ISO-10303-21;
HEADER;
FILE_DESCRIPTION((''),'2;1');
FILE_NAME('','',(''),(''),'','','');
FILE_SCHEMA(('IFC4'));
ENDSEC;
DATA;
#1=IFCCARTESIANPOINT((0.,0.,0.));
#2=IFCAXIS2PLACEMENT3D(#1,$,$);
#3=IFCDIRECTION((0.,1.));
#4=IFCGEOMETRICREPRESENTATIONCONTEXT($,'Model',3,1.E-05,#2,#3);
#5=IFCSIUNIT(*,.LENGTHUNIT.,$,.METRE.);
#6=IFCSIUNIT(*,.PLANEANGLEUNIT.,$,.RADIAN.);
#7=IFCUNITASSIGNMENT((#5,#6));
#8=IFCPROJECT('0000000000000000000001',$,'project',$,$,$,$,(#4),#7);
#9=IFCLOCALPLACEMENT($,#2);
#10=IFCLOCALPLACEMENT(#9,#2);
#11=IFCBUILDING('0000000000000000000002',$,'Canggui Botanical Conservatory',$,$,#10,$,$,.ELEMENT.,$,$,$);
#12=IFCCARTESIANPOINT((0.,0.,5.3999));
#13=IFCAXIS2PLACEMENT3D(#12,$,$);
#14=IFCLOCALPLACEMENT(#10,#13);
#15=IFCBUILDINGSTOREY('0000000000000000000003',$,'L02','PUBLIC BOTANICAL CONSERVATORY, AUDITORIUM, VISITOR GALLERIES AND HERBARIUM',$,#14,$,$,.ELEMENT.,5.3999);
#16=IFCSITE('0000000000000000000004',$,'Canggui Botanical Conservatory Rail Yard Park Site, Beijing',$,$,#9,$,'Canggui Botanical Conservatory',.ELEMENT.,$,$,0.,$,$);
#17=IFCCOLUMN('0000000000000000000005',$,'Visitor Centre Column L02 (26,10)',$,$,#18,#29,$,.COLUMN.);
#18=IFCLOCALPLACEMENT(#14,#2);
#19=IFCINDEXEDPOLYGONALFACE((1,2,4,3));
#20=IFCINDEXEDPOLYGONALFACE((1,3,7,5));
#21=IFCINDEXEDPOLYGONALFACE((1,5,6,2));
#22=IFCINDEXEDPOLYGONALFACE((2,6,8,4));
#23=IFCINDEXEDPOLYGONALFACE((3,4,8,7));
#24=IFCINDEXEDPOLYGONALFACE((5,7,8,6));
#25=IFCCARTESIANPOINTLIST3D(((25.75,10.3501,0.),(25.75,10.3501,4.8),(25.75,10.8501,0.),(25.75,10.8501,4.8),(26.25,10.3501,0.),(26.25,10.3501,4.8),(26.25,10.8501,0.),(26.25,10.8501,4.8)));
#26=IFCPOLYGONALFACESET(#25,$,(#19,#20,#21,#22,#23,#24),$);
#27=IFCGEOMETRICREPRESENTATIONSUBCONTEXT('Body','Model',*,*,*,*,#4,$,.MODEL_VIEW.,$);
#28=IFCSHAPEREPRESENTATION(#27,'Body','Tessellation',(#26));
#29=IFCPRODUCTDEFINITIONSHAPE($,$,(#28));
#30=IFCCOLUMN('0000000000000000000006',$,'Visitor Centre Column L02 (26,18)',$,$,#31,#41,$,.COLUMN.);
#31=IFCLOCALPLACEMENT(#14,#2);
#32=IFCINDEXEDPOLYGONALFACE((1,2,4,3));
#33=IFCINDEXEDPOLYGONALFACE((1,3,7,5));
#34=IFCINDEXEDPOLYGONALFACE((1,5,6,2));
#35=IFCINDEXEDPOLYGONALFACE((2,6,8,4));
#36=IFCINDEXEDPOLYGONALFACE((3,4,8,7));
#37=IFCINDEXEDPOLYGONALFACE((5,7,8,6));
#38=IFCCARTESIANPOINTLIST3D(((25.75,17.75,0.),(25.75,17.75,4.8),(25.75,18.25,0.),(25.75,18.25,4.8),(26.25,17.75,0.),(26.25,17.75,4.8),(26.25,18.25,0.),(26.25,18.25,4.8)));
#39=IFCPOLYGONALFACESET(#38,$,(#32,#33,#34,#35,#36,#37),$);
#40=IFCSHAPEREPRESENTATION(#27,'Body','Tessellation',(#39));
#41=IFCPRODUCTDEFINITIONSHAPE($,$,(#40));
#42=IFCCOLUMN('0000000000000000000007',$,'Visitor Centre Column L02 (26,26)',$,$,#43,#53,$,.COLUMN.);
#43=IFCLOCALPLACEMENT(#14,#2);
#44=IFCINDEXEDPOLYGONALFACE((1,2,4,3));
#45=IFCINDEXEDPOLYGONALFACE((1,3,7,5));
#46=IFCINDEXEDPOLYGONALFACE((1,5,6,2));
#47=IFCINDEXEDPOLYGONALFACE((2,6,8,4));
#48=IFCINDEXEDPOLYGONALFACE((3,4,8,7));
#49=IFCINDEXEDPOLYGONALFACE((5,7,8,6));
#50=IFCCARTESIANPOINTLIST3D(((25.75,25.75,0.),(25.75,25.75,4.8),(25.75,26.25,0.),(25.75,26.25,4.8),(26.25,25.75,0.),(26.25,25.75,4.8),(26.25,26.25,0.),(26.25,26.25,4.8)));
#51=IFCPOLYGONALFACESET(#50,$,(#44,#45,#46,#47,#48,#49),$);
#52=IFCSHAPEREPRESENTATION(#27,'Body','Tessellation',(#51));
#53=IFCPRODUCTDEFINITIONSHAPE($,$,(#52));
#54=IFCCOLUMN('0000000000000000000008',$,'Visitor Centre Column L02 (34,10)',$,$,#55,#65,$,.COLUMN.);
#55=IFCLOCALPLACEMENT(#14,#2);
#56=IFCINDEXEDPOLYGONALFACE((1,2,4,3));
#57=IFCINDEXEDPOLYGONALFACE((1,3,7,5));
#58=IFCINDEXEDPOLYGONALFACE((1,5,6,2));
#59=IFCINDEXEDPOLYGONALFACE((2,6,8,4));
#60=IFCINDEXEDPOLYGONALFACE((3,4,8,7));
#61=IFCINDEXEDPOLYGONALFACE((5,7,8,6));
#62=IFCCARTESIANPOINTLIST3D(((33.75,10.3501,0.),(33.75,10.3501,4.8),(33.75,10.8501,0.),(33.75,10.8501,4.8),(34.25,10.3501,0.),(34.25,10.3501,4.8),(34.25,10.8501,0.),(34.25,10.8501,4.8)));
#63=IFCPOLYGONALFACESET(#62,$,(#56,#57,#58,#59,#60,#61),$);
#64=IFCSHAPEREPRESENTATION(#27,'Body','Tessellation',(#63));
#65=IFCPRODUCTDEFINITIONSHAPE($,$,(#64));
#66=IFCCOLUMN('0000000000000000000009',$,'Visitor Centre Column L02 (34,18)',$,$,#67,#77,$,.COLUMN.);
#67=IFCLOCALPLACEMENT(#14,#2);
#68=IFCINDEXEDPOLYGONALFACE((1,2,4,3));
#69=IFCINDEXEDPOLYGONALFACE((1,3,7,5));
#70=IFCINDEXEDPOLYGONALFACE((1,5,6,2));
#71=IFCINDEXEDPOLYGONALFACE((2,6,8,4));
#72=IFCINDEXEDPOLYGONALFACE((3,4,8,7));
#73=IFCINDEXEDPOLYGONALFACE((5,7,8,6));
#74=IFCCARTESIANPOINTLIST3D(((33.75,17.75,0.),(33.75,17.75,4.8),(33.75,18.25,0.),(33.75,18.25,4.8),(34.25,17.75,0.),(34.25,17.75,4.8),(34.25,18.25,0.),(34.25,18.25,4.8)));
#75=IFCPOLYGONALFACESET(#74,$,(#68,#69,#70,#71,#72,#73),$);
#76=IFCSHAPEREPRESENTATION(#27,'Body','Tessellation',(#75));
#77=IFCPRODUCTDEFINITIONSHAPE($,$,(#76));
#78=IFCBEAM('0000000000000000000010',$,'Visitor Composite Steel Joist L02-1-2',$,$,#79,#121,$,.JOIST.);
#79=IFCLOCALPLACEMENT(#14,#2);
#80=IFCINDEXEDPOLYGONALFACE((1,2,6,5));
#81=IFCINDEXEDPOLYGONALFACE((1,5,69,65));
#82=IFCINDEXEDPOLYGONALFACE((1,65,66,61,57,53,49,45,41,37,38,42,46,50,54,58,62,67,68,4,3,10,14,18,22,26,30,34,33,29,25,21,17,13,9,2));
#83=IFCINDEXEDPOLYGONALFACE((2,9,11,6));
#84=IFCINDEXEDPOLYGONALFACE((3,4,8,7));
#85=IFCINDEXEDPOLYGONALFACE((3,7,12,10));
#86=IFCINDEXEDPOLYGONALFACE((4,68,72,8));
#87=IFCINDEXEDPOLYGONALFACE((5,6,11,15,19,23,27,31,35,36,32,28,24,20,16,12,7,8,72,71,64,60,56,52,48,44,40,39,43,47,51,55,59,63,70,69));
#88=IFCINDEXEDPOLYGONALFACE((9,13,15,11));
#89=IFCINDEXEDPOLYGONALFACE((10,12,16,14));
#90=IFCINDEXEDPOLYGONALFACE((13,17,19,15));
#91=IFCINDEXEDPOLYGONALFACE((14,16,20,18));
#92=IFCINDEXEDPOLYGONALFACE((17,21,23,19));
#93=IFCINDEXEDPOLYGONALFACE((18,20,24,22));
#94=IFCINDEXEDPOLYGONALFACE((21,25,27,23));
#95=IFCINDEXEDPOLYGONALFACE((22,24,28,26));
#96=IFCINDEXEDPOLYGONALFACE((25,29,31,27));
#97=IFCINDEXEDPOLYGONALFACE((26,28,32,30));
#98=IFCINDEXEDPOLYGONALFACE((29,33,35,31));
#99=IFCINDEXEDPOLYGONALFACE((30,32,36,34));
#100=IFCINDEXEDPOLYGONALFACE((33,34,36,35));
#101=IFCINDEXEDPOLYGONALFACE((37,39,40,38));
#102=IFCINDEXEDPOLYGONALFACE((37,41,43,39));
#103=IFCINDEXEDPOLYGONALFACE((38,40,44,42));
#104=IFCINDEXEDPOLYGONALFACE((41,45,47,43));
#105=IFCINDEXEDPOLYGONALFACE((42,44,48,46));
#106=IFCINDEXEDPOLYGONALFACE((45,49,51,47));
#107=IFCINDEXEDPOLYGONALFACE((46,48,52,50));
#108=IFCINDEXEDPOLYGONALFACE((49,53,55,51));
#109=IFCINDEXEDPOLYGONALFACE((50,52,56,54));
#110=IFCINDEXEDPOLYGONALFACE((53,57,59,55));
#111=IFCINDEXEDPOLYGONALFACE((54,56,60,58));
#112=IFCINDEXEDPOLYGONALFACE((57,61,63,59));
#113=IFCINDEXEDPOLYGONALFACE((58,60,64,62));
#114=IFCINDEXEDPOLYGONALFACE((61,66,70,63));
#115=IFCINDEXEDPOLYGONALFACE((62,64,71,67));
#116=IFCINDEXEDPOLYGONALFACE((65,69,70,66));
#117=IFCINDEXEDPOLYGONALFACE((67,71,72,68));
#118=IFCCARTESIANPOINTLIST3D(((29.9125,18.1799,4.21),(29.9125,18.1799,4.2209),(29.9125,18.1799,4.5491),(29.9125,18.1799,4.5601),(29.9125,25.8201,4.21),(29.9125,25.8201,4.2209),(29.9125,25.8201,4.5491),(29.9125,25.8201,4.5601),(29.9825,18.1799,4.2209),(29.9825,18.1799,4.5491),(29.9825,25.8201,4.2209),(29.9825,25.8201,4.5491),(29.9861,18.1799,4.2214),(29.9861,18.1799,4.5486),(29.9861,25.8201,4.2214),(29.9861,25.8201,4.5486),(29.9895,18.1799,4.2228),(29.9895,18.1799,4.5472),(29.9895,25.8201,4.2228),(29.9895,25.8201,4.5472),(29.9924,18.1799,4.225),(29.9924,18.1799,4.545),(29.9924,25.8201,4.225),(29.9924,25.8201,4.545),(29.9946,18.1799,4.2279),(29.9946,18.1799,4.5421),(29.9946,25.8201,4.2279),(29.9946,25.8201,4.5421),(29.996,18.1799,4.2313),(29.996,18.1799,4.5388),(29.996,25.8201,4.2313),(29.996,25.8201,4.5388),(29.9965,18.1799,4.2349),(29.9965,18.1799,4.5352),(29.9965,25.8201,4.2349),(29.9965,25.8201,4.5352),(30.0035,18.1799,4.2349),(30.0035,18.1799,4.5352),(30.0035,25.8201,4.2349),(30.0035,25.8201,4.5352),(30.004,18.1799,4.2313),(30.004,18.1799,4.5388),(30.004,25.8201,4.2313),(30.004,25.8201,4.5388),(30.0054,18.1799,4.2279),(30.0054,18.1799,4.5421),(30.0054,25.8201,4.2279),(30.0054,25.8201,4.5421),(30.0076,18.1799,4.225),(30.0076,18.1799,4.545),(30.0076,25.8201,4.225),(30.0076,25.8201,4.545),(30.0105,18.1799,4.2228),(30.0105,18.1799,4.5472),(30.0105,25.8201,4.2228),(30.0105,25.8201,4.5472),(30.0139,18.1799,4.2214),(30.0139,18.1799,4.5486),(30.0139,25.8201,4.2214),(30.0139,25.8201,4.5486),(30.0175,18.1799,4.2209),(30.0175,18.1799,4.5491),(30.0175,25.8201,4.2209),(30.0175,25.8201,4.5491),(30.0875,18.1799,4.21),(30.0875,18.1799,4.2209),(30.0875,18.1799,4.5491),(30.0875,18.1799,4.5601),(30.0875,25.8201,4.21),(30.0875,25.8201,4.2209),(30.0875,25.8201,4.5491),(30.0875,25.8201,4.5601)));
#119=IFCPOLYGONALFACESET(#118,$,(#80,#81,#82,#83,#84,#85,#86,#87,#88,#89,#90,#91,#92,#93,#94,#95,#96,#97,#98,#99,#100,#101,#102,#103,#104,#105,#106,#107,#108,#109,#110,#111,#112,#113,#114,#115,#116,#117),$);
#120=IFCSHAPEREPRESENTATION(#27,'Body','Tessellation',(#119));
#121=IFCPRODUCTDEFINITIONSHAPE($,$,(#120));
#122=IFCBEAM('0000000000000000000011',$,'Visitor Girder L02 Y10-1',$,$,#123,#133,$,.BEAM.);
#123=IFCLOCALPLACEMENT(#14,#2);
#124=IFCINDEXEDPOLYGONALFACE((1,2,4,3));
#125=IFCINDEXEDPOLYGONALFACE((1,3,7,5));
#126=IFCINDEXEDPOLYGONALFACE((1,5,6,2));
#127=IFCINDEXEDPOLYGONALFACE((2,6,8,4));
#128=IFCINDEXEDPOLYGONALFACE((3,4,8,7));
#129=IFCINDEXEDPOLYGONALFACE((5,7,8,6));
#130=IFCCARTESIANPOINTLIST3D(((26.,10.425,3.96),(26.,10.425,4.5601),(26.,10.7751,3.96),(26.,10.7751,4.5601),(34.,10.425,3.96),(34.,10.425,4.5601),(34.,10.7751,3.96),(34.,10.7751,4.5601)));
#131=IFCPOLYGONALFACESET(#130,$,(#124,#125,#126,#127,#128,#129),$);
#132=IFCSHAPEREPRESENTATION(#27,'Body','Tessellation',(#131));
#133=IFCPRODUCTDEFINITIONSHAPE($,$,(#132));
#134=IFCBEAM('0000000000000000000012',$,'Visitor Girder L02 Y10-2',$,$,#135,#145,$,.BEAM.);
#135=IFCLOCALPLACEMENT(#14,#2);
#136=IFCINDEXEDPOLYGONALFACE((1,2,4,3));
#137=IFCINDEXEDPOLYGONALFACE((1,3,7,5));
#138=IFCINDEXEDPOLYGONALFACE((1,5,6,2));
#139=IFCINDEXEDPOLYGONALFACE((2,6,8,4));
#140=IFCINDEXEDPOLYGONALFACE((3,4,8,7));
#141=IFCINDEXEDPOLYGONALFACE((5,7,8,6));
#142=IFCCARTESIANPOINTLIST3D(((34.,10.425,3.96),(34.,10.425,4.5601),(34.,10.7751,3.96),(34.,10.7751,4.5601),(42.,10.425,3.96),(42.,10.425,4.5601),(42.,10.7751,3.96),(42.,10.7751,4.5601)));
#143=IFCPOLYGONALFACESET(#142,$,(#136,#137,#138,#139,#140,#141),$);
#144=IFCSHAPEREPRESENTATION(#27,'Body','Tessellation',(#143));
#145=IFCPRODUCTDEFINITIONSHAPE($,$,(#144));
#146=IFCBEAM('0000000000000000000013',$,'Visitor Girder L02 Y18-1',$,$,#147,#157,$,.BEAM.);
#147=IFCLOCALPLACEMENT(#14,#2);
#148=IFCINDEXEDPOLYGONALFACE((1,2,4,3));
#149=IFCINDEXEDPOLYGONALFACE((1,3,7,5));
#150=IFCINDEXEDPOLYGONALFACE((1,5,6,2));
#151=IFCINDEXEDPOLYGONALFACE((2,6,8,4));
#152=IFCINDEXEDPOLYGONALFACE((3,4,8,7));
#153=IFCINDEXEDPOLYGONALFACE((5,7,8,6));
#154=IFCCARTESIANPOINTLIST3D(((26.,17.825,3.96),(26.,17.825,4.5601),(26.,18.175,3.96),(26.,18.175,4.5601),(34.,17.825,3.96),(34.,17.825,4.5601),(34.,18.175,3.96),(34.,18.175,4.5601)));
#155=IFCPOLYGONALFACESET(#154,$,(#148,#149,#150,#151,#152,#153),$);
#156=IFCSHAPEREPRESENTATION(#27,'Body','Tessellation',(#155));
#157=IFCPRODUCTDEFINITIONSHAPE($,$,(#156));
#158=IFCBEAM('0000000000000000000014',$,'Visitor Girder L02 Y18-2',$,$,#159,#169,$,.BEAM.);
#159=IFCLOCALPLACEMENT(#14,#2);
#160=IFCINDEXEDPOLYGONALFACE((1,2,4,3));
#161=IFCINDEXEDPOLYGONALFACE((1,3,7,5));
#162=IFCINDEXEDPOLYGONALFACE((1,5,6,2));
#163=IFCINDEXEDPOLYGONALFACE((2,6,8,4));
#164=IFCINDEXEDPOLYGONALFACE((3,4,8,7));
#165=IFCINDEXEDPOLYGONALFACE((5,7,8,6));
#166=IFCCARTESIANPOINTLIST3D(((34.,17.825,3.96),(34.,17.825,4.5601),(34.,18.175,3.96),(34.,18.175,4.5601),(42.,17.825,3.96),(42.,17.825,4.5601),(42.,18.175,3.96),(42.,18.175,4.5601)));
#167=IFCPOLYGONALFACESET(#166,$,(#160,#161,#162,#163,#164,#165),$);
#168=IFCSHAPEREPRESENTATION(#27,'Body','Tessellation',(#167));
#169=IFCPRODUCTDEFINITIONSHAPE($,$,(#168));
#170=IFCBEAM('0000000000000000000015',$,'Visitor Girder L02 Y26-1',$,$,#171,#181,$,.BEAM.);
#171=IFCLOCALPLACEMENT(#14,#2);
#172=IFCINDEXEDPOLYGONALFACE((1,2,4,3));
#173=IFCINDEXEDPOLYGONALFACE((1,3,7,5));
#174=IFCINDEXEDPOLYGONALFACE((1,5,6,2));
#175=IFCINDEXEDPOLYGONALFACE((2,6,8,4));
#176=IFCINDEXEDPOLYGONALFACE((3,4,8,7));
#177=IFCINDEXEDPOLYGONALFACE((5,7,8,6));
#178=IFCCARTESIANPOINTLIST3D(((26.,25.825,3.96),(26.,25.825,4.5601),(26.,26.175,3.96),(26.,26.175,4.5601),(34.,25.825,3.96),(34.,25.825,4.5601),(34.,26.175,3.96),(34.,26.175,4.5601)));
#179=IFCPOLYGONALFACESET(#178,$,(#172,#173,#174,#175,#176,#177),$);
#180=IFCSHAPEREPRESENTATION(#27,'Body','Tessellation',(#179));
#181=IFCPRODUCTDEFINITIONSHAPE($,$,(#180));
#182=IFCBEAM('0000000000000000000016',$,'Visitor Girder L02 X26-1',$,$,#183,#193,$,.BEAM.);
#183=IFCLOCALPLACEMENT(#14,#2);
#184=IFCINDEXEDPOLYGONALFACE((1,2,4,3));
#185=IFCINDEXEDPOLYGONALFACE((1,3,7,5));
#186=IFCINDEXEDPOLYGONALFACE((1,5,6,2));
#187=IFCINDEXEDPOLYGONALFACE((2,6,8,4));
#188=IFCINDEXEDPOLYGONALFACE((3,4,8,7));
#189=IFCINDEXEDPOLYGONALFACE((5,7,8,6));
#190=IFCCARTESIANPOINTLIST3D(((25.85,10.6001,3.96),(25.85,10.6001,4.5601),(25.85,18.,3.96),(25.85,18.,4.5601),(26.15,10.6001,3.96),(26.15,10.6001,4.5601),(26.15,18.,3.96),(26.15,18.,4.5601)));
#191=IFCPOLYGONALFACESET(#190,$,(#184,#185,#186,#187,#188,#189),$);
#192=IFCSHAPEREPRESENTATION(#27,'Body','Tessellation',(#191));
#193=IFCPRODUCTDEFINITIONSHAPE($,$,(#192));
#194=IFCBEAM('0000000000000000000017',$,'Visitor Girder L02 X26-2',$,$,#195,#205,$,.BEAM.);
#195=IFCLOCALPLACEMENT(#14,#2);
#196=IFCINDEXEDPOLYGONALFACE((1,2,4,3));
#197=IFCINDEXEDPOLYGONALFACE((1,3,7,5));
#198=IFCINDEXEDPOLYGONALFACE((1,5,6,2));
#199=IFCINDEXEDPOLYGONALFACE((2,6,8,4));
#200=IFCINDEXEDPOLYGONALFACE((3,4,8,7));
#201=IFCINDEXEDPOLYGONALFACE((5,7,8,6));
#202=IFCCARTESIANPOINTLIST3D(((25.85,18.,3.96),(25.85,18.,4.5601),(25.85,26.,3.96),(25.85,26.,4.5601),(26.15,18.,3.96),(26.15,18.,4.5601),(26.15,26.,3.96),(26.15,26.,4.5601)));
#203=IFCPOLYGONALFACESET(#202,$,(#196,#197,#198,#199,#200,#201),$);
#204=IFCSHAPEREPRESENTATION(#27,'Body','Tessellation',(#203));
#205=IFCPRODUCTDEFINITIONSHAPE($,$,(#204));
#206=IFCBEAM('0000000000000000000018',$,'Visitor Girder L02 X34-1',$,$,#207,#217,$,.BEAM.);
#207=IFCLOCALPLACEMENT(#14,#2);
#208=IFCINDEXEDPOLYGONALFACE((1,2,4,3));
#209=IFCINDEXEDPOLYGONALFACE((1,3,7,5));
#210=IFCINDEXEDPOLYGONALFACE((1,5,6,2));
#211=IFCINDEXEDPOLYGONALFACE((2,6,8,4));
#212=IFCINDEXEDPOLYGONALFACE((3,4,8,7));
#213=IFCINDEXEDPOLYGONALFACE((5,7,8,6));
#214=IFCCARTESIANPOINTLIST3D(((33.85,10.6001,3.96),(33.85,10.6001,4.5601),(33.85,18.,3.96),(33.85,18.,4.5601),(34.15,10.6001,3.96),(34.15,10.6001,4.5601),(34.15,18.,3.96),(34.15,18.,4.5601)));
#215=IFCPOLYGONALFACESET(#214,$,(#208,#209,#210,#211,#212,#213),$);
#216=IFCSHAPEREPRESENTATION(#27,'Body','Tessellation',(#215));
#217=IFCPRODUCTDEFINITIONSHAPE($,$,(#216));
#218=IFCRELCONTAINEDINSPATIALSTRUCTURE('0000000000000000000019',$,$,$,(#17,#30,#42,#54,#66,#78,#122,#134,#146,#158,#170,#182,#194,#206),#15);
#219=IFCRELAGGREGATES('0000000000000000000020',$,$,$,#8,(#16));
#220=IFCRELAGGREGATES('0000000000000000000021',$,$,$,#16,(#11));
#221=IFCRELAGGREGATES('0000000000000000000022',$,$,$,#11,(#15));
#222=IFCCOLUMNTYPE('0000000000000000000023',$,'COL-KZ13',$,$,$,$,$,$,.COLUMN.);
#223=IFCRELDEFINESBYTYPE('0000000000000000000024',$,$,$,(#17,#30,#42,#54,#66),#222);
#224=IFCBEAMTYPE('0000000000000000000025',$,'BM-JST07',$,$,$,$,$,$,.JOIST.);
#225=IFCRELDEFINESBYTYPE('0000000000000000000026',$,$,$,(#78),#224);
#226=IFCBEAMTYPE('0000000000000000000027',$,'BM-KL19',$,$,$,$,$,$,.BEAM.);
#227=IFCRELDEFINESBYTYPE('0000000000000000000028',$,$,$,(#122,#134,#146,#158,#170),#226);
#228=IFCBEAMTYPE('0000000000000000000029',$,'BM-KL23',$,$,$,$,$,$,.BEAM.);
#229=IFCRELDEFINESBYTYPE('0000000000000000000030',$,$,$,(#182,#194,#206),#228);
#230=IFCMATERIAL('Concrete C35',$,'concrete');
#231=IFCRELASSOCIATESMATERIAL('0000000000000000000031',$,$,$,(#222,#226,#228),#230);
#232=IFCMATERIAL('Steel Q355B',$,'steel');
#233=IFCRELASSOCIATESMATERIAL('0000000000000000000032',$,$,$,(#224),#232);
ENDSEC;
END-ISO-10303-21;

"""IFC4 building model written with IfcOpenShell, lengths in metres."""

from ifc_helpers import new_model, si_unit, direction, frame, origin, origin_2d, place, context, subcontext, project, spatial, rectangle, i_section, extrude, material, material_profile, profile_set, type_object, element, save


model = new_model("IFC4")

# Units and contexts
model_context = context("Model", 3, precision=1e-05, world=origin(), true_north=direction((0.0, 1.0)))
body_context = subcontext(model_context, "Body", "Model", "MODEL_VIEW")
ifc_project = project(units=[si_unit("LENGTHUNIT", "METRE"), si_unit("PLANEANGLEUNIT", "RADIAN")], contexts=[model_context])

# Site, building, storey
site_placement = place(None, origin())
site = spatial("IfcSite", under=ifc_project, at=site_placement, Name="Canggui Botanical Conservatory Rail Yard Park Site, Beijing", LongName="Canggui Botanical Conservatory", CompositionType="ELEMENT", RefElevation=0.0)
building_placement = place(site_placement, origin())
building = spatial("IfcBuilding", under=site, at=building_placement, Name="Canggui Botanical Conservatory", CompositionType="ELEMENT")
storey_placement = place(building_placement, frame((0.0, 0.0, 5.3999)))
storey = spatial("IfcBuildingStorey", under=building, at=storey_placement, Name="L02", Description="PUBLIC BOTANICAL CONSERVATORY, AUDITORIUM, VISITOR GALLERIES AND HERBARIUM", CompositionType="ELEMENT", Elevation=5.3999)

# Columns
ifc_material_1 = material(Name="Concrete C35", Category="concrete")
ifc_material_profile_1 = material_profile(ifc_material_1, rectangle(XDim=0.5, YDim=0.5, at=origin_2d()), Name="RC 500x500")
ifc_profile_set_1 = profile_set([ifc_material_profile_1], Name="Concrete C35")
column_type = type_object("IfcColumnType", Name="COL-KZ13", PredefinedType="COLUMN", material=ifc_profile_set_1)
for number, where, z_axis, x_axis, name in (
    (1, (26.0, 10.6001, 0.0), (0.0, 0.0, 1.0), (1.0, 0.0, 0.0), "Visitor Centre Column L02 (26,10)"),
    (2, (26.0, 18.0, 0.0), (0.0, 0.0, 1.0), (1.0, 0.0, 0.0), "Visitor Centre Column L02 (26,18)"),
    (3, (26.0, 26.0, 0.0), (0.0, 0.0, 1.0), (1.0, 0.0, 0.0), "Visitor Centre Column L02 (26,26)"),
    (4, (34.0, 10.6001, 0.0), (0.0, 0.0, 1.0), (1.0, 0.0, 0.0), "Visitor Centre Column L02 (34,10)"),
    (5, (34.0, 18.0, 0.0), (0.0, 0.0, 1.0), (1.0, 0.0, 0.0), "Visitor Centre Column L02 (34,18)"),
):
    element("IfcColumn", number, at=place(storey_placement, frame(where, z_axis=z_axis, x_axis=x_axis)), inside=storey, type_object=column_type, Name=name, PredefinedType="COLUMN", context=body_context, shape_type="SweptSolid", body=[
        extrude(rectangle(XDim=0.5, YDim=0.5, at=origin_2d()), origin(), (0.0, 0.0, 1.0), 4.8),
    ])

# Beams
ifc_material_2 = material(Name="Steel Q355B", Category="steel")
ifc_material_profile_2 = material_profile(ifc_material_2, i_section(OverallWidth=0.175, OverallDepth=0.3501, WebThickness=0.0071, FlangeThickness=0.011, FilletRadius=0.0139, at=origin_2d()), Name="HN 350x175x7x11")
ifc_profile_set_2 = profile_set([ifc_material_profile_2], Name="Steel Q355B")
beam_type_1 = type_object("IfcBeamType", Name="BM-JST07", PredefinedType="JOIST", material=ifc_profile_set_2)
beam_1_placement = place(storey_placement, frame((30.0, 18.1799, 4.385), z_axis=(0.0, 1.0, 0.0), x_axis=(-1.0, 0.0, 0.0)))
element("IfcBeam", 6, at=beam_1_placement, inside=storey, type_object=beam_type_1, Name="Visitor Composite Steel Joist L02-1-2", PredefinedType="JOIST", context=body_context, shape_type="SweptSolid", body=[
    extrude(i_section(OverallWidth=0.175, OverallDepth=0.3501, WebThickness=0.0071, FlangeThickness=0.011, FilletRadius=0.0139, at=origin_2d()), origin(), (0.0, 0.0, 1.0), 7.6401),
])
ifc_material_profile_3 = material_profile(ifc_material_1, rectangle(XDim=0.3501, YDim=0.6001, at=origin_2d()), Name="RB 350x600")
ifc_profile_set_3 = profile_set([ifc_material_profile_3], Name="Concrete C35")
beam_type_2 = type_object("IfcBeamType", Name="BM-KL19", PredefinedType="BEAM", material=ifc_profile_set_3)
for number, where, z_axis, x_axis, name in (
    (7, (26.0, 10.6001, 4.26), (1.0, 0.0, 0.0), (0.0, 1.0, 0.0), "Visitor Girder L02 Y10-1"),
    (8, (34.0, 10.6001, 4.26), (1.0, 0.0, 0.0), (0.0, 1.0, 0.0), "Visitor Girder L02 Y10-2"),
    (9, (26.0, 18.0, 4.26), (1.0, 0.0, 0.0), (0.0, 1.0, 0.0), "Visitor Girder L02 Y18-1"),
    (10, (34.0, 18.0, 4.26), (1.0, 0.0, 0.0), (0.0, 1.0, 0.0), "Visitor Girder L02 Y18-2"),
    (11, (26.0, 26.0, 4.26), (1.0, 0.0, 0.0), (0.0, 1.0, 0.0), "Visitor Girder L02 Y26-1"),
):
    element("IfcBeam", number, at=place(storey_placement, frame(where, z_axis=z_axis, x_axis=x_axis)), inside=storey, type_object=beam_type_2, Name=name, PredefinedType="BEAM", context=body_context, shape_type="SweptSolid", body=[
        extrude(rectangle(XDim=0.3501, YDim=0.6001, at=origin_2d()), origin(), (0.0, 0.0, 1.0), 8.0),
    ])
ifc_material_profile_4 = material_profile(ifc_material_1, rectangle(XDim=0.3, YDim=0.6001, at=origin_2d()), Name="RB 300x600")
ifc_profile_set_4 = profile_set([ifc_material_profile_4], Name="Concrete C35")
beam_type_3 = type_object("IfcBeamType", Name="BM-KL23", PredefinedType="BEAM", material=ifc_profile_set_4)
beam_2_placement = place(storey_placement, frame((26.0, 10.6001, 4.26), z_axis=(0.0, 1.0, 0.0), x_axis=(-1.0, 0.0, 0.0)))
element("IfcBeam", 12, at=beam_2_placement, inside=storey, type_object=beam_type_3, Name="Visitor Girder L02 X26-1", PredefinedType="BEAM", context=body_context, shape_type="SweptSolid", body=[
    extrude(rectangle(XDim=0.3, YDim=0.6001, at=origin_2d()), origin(), (0.0, 0.0, 1.0), 7.3999),
])
beam_3_placement = place(storey_placement, frame((26.0, 18.0, 4.26), z_axis=(0.0, 1.0, 0.0), x_axis=(-1.0, 0.0, 0.0)))
element("IfcBeam", 13, at=beam_3_placement, inside=storey, type_object=beam_type_3, Name="Visitor Girder L02 X26-2", PredefinedType="BEAM", context=body_context, shape_type="SweptSolid", body=[
    extrude(rectangle(XDim=0.3, YDim=0.6001, at=origin_2d()), origin(), (0.0, 0.0, 1.0), 8.0),
])
beam_4_placement = place(storey_placement, frame((34.0, 10.6001, 4.26), z_axis=(0.0, 1.0, 0.0), x_axis=(-1.0, 0.0, 0.0)))
element("IfcBeam", 14, at=beam_4_placement, inside=storey, type_object=beam_type_3, Name="Visitor Girder L02 X34-1", PredefinedType="BEAM", context=body_context, shape_type="SweptSolid", body=[
    extrude(rectangle(XDim=0.3, YDim=0.6001, at=origin_2d()), origin(), (0.0, 0.0, 1.0), 7.3999),
])

save(model, "model.ifc")
